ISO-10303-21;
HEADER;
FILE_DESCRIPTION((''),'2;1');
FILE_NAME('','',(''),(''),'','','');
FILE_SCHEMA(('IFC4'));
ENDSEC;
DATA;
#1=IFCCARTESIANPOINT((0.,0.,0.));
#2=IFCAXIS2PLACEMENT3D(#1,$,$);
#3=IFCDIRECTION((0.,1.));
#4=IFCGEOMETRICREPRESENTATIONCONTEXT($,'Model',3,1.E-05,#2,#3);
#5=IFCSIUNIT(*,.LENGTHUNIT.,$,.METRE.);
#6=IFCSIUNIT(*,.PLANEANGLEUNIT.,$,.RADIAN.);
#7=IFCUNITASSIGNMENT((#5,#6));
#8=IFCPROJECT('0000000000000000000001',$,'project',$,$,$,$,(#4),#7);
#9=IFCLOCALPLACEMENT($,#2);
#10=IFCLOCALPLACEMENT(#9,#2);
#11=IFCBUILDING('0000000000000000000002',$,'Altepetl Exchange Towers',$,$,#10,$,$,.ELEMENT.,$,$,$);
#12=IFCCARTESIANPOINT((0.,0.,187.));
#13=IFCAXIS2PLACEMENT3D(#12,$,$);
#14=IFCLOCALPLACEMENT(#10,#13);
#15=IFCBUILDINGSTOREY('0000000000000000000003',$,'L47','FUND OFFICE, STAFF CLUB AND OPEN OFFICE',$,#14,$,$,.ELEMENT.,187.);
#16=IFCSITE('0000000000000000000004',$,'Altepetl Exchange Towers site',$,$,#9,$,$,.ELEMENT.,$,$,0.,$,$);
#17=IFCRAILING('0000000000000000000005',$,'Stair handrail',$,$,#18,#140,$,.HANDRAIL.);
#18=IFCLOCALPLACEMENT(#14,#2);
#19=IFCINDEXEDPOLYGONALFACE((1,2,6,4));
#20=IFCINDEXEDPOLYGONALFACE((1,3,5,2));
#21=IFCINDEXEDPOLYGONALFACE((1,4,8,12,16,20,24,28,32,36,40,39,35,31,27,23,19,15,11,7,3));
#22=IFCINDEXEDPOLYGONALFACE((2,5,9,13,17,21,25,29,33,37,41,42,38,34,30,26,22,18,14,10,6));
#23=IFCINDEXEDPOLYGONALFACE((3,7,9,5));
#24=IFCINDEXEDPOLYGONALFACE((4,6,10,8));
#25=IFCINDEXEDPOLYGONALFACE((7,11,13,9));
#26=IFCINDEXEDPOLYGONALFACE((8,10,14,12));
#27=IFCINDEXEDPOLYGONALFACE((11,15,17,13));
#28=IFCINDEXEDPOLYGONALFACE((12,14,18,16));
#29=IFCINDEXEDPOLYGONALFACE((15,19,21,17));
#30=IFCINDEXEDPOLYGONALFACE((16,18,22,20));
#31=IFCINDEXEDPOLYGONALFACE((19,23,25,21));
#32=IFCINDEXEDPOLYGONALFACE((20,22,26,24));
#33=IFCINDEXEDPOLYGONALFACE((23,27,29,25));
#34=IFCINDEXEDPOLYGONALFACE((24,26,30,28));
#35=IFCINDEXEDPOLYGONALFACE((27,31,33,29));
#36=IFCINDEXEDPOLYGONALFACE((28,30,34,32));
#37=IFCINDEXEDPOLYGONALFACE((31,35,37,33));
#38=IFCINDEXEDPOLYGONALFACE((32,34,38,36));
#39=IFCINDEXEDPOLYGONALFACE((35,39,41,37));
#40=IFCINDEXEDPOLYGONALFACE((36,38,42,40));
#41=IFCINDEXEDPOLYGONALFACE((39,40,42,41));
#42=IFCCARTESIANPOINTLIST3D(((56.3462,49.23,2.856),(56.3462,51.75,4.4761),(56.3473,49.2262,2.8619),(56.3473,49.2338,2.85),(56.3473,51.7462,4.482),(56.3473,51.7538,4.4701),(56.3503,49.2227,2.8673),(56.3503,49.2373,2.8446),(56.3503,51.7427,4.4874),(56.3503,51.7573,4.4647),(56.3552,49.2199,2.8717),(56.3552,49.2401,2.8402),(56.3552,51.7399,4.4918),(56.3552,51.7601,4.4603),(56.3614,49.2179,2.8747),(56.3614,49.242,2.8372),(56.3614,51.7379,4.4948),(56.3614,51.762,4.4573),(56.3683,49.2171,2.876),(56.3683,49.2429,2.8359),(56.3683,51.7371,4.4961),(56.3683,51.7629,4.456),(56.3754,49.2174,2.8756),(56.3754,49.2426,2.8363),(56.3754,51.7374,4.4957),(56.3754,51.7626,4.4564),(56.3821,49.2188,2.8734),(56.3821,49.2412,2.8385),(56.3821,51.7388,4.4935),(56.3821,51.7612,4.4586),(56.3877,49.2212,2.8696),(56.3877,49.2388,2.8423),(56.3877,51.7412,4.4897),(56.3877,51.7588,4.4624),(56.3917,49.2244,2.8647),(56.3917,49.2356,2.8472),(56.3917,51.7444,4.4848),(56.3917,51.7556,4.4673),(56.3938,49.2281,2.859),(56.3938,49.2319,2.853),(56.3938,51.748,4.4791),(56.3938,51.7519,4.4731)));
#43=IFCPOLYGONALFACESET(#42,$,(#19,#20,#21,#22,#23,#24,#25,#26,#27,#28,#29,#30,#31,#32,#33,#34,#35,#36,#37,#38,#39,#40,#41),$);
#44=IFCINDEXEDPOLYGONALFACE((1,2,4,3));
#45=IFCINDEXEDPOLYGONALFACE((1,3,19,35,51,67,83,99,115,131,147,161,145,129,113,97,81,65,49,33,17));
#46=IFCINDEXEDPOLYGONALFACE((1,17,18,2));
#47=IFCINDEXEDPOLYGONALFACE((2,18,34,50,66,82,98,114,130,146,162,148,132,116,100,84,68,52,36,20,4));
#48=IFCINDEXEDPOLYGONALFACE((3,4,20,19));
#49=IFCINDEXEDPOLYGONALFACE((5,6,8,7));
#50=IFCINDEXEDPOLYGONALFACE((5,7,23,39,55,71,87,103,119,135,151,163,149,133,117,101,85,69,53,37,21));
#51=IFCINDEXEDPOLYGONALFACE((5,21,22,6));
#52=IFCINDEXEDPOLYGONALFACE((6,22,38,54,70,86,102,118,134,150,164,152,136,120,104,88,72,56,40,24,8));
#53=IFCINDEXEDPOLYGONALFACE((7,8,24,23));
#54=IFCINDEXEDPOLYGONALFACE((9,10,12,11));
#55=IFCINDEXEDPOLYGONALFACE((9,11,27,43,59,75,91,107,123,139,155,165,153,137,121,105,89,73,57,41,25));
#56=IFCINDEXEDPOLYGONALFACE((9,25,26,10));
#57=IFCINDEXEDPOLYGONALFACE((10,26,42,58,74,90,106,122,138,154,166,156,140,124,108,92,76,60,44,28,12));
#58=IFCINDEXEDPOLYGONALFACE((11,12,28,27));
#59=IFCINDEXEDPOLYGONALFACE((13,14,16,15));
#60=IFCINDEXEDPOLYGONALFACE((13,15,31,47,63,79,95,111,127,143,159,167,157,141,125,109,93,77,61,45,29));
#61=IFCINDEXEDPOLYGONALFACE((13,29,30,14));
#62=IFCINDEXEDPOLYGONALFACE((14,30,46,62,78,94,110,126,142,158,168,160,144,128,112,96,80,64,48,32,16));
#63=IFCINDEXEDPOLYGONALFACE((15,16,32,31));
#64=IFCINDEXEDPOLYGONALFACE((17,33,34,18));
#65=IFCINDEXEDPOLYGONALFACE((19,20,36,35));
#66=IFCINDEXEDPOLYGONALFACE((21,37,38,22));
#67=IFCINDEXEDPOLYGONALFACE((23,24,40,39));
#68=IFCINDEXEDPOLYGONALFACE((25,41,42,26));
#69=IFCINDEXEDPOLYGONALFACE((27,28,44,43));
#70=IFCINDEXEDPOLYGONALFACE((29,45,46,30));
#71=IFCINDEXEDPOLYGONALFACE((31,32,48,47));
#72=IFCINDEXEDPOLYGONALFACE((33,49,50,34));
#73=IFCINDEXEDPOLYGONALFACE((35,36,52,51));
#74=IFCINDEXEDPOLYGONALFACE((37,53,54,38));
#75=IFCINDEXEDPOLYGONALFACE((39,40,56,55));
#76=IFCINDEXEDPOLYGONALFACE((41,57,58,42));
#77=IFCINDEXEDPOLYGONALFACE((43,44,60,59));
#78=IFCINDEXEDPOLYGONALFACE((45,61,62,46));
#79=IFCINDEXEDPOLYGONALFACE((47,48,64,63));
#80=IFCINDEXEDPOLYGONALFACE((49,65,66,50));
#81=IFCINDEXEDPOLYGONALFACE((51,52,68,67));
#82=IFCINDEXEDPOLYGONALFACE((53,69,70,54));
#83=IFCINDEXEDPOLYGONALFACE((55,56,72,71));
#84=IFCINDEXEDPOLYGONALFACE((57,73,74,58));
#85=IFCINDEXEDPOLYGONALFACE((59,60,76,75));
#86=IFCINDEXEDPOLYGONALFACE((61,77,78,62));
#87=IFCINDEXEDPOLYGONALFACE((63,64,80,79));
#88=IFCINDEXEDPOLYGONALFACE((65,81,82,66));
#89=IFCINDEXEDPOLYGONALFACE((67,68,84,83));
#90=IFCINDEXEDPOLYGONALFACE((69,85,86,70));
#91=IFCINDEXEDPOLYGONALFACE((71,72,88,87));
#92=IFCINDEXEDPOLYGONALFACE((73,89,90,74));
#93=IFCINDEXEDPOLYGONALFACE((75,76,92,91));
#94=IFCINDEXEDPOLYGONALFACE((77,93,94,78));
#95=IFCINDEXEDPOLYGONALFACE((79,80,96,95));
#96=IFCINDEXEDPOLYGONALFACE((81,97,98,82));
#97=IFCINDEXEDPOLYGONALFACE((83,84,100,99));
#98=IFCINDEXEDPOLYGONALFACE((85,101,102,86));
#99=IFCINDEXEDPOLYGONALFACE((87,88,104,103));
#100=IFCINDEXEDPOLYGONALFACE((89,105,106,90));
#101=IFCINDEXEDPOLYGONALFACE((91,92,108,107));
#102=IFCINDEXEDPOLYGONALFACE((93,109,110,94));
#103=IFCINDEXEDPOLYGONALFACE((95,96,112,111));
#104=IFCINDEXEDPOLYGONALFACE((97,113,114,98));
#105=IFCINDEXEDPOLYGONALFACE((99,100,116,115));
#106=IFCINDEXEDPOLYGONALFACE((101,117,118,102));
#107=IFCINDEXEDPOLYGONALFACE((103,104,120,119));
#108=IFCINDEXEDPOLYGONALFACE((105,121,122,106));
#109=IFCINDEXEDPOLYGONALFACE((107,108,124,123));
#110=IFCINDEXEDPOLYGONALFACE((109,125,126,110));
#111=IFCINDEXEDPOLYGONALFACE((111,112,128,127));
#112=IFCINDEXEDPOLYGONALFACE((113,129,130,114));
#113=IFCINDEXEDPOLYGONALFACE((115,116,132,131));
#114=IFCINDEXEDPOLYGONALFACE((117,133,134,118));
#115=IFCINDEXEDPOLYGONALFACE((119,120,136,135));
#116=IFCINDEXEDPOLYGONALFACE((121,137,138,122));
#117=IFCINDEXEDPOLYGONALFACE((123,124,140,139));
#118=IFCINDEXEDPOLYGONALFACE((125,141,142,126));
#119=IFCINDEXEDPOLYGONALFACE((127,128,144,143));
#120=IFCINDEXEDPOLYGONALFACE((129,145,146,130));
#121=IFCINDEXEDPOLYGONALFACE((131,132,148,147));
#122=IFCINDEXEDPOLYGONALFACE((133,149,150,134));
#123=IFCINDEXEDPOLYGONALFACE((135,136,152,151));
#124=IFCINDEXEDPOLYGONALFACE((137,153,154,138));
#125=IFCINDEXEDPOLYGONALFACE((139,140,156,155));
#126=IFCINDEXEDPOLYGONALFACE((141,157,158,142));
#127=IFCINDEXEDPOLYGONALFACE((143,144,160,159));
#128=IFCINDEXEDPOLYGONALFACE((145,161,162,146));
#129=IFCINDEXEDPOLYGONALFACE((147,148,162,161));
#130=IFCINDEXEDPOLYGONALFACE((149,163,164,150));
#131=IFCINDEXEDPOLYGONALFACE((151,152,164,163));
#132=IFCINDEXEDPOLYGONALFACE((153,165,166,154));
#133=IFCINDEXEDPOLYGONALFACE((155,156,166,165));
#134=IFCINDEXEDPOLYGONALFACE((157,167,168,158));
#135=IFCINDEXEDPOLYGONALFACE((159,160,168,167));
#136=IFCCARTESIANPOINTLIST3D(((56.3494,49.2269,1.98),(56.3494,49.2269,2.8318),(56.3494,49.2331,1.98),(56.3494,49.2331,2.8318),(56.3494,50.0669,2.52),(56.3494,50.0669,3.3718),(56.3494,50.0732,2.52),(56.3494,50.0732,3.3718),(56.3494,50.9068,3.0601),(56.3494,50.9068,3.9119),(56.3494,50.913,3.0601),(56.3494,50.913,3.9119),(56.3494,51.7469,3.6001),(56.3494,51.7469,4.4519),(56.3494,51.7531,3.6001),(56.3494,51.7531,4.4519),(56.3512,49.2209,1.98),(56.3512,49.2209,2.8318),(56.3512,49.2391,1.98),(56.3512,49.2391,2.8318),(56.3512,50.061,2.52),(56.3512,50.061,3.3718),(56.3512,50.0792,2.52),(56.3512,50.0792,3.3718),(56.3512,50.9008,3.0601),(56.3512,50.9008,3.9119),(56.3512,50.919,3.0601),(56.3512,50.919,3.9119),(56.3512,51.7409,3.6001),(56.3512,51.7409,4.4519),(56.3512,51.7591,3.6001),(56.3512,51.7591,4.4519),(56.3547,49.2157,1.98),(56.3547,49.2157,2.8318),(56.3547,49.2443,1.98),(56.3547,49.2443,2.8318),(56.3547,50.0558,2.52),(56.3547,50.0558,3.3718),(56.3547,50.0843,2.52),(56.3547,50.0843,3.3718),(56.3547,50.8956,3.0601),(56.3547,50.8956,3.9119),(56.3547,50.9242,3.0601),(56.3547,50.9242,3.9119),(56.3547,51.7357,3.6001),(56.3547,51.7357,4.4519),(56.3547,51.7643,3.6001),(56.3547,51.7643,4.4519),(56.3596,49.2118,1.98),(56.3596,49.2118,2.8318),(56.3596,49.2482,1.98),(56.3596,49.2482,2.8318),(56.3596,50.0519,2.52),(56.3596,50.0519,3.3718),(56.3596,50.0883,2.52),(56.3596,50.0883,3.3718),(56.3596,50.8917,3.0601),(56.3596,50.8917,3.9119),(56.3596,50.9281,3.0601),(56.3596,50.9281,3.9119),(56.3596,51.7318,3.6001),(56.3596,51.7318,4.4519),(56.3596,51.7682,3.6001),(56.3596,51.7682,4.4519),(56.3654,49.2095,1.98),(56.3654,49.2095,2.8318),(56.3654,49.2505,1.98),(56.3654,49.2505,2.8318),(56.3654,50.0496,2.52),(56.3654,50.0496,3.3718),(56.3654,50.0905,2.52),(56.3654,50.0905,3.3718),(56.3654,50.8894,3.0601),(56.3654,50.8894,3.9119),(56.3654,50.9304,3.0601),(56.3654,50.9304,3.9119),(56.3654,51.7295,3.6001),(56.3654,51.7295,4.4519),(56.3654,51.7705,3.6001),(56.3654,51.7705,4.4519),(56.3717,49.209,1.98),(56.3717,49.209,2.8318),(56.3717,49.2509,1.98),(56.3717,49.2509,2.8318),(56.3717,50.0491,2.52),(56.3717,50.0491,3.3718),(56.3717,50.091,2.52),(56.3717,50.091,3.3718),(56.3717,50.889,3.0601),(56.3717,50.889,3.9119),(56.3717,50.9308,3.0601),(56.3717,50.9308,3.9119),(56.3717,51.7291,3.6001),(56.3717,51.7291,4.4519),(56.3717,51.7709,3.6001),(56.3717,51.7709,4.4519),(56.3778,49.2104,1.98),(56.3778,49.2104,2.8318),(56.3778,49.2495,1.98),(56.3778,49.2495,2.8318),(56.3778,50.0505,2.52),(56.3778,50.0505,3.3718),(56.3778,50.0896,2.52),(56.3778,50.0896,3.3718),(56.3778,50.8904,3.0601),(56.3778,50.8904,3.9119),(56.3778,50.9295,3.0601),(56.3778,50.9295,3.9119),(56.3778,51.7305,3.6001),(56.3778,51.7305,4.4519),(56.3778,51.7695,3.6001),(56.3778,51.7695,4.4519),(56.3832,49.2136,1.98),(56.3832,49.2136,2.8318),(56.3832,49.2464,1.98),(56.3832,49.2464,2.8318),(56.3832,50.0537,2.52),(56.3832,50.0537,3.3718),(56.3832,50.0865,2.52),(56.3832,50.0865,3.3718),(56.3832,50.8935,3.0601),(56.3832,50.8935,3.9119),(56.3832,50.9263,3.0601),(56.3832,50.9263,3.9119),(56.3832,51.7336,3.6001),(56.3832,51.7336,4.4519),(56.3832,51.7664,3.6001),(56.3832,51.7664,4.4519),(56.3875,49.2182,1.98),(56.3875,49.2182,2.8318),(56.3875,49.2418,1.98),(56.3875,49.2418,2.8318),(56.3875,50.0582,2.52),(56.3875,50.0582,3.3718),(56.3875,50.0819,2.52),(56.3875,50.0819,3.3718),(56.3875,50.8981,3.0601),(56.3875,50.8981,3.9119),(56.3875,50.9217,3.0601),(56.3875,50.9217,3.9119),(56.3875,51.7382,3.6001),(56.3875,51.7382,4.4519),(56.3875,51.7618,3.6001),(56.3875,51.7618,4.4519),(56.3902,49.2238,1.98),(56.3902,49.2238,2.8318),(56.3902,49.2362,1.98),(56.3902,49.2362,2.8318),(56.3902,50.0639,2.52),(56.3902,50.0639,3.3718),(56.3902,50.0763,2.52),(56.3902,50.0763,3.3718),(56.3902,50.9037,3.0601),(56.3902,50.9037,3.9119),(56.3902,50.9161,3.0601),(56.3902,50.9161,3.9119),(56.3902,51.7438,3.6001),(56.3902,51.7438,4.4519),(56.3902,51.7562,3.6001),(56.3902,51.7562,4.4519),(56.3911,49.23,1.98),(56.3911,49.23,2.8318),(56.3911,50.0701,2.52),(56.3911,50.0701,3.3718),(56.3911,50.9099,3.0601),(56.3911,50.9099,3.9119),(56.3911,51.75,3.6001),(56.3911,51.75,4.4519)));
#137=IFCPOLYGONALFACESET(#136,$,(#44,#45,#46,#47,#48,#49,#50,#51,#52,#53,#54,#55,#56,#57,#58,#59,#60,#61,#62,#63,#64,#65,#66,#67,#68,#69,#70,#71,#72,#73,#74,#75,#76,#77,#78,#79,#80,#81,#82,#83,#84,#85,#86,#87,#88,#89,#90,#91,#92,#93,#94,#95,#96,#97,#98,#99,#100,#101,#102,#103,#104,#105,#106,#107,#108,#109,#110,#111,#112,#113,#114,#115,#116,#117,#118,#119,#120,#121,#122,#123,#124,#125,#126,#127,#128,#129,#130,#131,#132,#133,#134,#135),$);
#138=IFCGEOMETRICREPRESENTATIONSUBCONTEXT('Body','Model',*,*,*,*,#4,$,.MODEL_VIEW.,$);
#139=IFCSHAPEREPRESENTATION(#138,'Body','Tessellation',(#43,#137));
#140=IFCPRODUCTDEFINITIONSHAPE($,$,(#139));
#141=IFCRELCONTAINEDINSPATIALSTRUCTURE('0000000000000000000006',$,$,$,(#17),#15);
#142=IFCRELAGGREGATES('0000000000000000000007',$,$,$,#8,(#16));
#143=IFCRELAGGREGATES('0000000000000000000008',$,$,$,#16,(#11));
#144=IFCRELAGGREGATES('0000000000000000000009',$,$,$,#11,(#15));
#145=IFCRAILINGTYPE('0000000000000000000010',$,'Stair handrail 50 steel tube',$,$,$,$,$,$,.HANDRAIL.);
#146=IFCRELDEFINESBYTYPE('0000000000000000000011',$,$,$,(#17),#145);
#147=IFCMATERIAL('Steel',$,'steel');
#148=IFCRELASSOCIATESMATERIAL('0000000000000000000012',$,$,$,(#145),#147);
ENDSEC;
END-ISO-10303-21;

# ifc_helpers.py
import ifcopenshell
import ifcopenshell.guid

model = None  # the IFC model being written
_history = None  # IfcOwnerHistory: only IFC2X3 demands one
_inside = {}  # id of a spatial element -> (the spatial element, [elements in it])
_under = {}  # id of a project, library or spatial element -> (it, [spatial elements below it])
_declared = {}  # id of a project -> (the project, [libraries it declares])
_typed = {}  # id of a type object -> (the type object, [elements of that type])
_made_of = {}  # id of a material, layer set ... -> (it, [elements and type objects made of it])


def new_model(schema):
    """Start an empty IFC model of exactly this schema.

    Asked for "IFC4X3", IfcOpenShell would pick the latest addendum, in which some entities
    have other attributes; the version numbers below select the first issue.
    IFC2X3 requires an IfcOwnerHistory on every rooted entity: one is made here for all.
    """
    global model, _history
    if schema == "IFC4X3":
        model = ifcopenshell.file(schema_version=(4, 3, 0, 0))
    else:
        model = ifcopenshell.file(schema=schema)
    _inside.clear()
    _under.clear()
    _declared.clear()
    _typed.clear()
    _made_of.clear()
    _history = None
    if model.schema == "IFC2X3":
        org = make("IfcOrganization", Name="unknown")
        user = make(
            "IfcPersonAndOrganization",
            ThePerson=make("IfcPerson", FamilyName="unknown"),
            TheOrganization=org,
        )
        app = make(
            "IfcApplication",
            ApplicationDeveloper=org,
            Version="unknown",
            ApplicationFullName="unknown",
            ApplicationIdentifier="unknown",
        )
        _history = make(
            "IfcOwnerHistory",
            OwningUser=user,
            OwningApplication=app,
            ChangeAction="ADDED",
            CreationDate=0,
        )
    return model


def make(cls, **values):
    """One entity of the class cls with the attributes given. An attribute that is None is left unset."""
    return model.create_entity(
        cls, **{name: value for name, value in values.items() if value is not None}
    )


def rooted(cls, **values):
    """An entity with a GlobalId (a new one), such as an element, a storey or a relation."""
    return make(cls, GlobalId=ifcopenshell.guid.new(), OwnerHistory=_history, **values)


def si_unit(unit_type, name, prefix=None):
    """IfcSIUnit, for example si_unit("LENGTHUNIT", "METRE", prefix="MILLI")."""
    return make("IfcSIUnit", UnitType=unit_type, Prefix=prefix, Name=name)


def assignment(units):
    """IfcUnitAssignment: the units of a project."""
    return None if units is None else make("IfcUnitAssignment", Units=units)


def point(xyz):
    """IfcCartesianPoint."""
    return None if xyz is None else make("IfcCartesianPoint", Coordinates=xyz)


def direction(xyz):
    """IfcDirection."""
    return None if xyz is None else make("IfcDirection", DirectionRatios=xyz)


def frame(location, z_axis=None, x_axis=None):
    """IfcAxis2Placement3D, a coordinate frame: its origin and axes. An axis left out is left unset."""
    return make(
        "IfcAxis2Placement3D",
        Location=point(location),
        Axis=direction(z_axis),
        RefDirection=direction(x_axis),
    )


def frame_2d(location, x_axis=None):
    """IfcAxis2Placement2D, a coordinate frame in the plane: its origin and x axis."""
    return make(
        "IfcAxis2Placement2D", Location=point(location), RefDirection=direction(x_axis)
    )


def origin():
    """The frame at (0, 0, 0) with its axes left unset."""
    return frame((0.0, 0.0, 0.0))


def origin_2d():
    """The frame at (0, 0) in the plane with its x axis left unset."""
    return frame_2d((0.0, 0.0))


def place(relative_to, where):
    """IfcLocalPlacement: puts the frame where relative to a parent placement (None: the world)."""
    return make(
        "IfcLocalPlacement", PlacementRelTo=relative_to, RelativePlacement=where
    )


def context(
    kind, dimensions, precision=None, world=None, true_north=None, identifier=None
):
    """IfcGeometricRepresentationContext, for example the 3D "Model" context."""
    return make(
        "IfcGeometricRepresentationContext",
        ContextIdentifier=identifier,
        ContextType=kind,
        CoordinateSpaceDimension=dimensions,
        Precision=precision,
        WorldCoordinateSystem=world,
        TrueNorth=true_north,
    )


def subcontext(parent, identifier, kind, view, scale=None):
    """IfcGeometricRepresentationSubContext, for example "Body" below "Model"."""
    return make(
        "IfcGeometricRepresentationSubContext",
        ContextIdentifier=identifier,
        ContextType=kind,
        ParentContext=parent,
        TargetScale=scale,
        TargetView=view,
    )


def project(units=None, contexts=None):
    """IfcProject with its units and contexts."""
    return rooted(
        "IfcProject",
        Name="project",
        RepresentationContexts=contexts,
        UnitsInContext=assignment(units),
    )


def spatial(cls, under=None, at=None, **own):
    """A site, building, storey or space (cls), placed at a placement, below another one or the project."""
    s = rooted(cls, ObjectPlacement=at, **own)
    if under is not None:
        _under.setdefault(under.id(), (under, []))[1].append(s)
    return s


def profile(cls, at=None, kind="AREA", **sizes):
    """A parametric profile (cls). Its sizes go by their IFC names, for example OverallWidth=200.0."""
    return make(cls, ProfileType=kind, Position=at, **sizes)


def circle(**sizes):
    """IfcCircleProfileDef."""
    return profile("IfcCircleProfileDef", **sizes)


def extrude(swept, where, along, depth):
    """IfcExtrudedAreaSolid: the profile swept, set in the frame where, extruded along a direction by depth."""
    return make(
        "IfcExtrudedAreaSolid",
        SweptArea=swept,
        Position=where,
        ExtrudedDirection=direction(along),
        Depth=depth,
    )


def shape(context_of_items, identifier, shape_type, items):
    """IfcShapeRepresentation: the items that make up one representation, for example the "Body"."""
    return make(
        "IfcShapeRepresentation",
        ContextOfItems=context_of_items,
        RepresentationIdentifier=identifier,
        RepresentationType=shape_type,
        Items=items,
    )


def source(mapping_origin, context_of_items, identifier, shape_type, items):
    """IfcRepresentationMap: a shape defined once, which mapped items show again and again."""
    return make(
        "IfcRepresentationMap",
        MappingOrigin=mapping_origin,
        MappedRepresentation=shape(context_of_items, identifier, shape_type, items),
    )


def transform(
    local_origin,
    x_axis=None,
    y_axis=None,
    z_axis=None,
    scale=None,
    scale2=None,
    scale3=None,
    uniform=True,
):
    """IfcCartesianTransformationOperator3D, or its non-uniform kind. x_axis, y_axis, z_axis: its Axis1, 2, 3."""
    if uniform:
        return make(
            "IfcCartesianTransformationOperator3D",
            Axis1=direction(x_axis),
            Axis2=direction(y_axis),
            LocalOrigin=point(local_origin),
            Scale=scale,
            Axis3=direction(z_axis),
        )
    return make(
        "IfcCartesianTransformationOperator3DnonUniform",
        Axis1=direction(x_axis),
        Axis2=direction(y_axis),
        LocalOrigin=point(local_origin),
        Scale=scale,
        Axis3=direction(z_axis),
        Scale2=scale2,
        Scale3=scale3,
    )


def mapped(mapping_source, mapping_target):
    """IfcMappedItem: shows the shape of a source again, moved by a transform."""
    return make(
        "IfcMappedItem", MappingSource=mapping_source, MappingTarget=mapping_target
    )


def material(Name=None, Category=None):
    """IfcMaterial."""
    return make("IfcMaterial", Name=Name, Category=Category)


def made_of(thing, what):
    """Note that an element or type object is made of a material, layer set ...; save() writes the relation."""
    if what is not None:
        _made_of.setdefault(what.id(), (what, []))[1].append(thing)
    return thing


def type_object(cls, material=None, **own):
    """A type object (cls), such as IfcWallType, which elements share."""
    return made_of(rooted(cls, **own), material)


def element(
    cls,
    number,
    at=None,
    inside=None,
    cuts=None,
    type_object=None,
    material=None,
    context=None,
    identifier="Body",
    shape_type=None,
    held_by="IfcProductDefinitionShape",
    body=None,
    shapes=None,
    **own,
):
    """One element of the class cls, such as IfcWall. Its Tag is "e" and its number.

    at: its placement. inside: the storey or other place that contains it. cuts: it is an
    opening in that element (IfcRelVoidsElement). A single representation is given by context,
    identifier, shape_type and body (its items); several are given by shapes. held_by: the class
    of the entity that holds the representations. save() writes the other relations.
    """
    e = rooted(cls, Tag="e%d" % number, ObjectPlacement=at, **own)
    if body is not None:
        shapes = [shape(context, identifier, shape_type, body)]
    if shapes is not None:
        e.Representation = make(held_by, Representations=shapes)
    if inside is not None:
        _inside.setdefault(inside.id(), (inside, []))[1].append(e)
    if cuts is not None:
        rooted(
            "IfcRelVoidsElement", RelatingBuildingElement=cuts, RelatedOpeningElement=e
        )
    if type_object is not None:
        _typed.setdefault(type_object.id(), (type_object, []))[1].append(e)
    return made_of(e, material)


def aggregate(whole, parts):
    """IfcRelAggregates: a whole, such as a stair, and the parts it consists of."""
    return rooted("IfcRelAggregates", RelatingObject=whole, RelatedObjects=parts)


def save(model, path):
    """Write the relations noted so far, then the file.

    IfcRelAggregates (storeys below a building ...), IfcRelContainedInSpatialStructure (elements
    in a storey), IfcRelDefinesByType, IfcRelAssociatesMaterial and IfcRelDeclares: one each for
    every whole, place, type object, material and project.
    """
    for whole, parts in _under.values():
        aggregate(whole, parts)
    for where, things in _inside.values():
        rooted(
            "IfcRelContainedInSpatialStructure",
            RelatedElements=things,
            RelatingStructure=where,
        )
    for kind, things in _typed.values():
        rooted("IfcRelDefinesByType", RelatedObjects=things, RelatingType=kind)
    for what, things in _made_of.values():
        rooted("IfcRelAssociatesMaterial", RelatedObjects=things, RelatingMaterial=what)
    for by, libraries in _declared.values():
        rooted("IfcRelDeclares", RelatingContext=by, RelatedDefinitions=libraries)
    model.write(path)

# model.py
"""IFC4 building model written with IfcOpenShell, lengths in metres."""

from ifc_helpers import new_model, si_unit, direction, frame, origin, origin_2d, place, context, subcontext, project, spatial, circle, extrude, source, transform, mapped, material, type_object, element, save


model = new_model("IFC4")

# Units and contexts
model_context = context("Model", 3, precision=1e-05, world=origin(), true_north=direction((0.0, 1.0)))
body_context = subcontext(model_context, "Body", "Model", "MODEL_VIEW")
ifc_project = project(units=[si_unit("LENGTHUNIT", "METRE"), si_unit("PLANEANGLEUNIT", "RADIAN")], contexts=[model_context])

# Site, building, storey
site_placement = place(None, origin())
site = spatial("IfcSite", under=ifc_project, at=site_placement, Name="Altepetl Exchange Towers site", CompositionType="ELEMENT", RefElevation=0.0)
building_placement = place(site_placement, origin())
building = spatial("IfcBuilding", under=site, at=building_placement, Name="Altepetl Exchange Towers", CompositionType="ELEMENT")
storey_placement = place(building_placement, frame((0.0, 0.0, 187.0)))
storey = spatial("IfcBuildingStorey", under=building, at=storey_placement, Name="L47", Description="FUND OFFICE, STAFF CLUB AND OPEN OFFICE", CompositionType="ELEMENT", Elevation=187.0)

# Railing
ifc_material_1 = material(Name="Steel", Category="steel")
railing_type = type_object("IfcRailingType", Name="Stair handrail 50 steel tube", PredefinedType="HANDRAIL", material=ifc_material_1)
shared_shape = source(origin(), body_context, "Body", "SweptSolid", [
    extrude(circle(Radius=0.021, at=origin_2d()), origin(), (0.0, 0.0, 1.0), 0.8518),
])
railing_1_placement = place(storey_placement, frame((56.3701, 49.23, 1.98)))
element("IfcRailing", 1, at=railing_1_placement, inside=storey, type_object=railing_type, Name="Stair handrail", PredefinedType="HANDRAIL", context=body_context, shape_type="SweptSolid", body=[
    extrude(circle(Radius=0.0239, at=origin_2d()), frame((0.0, 0.0, 0.876), z_axis=(0.0, 0.841163, 0.540782), x_axis=(-1.0, 0.0, 0.0)), (0.0, 0.0, 1.0), 2.9958),
    mapped(shared_shape, transform((0.0, 0.0, 0.0))),
    mapped(shared_shape, transform((0.0, 0.8401, 0.54))),
    mapped(shared_shape, transform((0.0, 1.6799, 1.0801))),
    mapped(shared_shape, transform((0.0, 2.52, 1.6201))),
])

save(model, "model.ifc")
